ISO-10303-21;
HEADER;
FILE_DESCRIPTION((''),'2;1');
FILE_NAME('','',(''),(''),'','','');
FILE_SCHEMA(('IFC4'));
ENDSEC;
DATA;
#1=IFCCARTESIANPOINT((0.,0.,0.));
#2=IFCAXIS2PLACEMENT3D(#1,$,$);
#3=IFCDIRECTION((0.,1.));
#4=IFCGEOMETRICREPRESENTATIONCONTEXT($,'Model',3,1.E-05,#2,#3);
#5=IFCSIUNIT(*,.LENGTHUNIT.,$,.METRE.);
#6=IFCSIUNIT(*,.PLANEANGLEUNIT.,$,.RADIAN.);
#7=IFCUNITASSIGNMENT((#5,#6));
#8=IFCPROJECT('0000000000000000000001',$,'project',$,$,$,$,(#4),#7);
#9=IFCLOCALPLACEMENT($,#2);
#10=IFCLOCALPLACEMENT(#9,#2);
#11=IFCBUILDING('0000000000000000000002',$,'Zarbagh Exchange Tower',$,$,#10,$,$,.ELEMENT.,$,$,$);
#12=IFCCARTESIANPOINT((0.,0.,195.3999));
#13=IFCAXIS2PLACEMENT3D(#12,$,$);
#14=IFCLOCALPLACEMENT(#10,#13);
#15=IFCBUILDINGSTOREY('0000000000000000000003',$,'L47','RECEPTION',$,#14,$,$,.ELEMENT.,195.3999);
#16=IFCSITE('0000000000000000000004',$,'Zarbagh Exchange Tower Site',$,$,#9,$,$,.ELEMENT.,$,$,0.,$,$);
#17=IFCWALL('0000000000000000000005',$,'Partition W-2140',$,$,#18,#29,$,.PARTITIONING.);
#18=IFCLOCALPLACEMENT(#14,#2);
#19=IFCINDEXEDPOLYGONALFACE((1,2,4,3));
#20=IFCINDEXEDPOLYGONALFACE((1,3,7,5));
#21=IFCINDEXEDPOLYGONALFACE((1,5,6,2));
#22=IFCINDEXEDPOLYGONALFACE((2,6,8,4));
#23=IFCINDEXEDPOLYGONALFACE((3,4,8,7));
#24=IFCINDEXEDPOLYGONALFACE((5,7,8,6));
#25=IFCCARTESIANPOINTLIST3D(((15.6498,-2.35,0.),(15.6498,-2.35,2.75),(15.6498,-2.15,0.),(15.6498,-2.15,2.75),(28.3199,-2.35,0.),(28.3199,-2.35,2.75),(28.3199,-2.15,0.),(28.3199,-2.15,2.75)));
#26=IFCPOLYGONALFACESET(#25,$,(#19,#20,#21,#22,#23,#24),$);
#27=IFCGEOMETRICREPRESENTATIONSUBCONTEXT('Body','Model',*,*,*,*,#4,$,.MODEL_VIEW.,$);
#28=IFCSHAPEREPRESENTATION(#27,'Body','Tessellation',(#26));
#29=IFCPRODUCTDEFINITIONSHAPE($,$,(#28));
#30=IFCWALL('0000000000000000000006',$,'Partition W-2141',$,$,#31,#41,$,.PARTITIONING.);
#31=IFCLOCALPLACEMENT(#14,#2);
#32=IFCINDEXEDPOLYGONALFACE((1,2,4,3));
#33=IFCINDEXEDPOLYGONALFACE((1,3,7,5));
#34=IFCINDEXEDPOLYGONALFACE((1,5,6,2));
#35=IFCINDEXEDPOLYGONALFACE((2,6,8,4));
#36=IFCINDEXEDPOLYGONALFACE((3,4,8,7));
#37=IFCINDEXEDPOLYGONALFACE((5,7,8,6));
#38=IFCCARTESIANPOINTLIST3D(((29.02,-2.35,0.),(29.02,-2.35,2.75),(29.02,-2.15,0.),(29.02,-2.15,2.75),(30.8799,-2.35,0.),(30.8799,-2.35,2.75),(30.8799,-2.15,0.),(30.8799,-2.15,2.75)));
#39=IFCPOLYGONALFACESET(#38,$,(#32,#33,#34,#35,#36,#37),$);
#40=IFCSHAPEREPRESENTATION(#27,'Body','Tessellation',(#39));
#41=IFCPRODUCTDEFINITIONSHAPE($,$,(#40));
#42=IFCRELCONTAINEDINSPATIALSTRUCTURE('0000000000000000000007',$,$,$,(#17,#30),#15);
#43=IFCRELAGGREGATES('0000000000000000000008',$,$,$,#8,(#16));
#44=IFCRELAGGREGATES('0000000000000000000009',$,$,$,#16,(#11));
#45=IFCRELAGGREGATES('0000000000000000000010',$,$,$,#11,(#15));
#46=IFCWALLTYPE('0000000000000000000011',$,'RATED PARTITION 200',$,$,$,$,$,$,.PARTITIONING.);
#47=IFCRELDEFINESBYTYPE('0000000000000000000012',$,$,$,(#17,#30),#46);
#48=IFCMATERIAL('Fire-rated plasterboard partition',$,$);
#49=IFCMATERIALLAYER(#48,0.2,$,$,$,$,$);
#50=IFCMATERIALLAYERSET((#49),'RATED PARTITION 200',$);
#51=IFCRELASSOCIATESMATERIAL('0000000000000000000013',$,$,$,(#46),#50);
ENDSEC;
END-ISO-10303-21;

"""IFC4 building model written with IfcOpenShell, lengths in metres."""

from ifc_helpers import new_model, si_unit, direction, frame, frame_2d, origin, place, context, subcontext, project, spatial, rectangle, extrude, material, layer, layer_set, type_object, element, save


model = new_model("IFC4")

# Units and contexts
model_context = context("Model", 3, precision=1e-05, world=origin(), true_north=direction((0.0, 1.0)))
body_context = subcontext(model_context, "Body", "Model", "MODEL_VIEW")
ifc_project = project(units=[si_unit("LENGTHUNIT", "METRE"), si_unit("PLANEANGLEUNIT", "RADIAN")], contexts=[model_context])

# Site, building, storey
site_placement = place(None, origin())
site = spatial("IfcSite", under=ifc_project, at=site_placement, Name="Zarbagh Exchange Tower Site", CompositionType="ELEMENT", RefElevation=0.0)
building_placement = place(site_placement, origin())
building = spatial("IfcBuilding", under=site, at=building_placement, Name="Zarbagh Exchange Tower", CompositionType="ELEMENT")
storey_placement = place(building_placement, frame((0.0, 0.0, 195.3999)))
storey = spatial("IfcBuildingStorey", under=building, at=storey_placement, Name="L47", Description="RECEPTION", CompositionType="ELEMENT", Elevation=195.3999)

# Shared definitions
ifc_material_1 = material(Name="Fire-rated plasterboard partition")
ifc_layer = layer(ifc_material_1, 0.2)
ifc_layer_set = layer_set([ifc_layer], Name="RATED PARTITION 200")
wall_type = type_object("IfcWallType", Name="RATED PARTITION 200", PredefinedType="PARTITIONING", material=ifc_layer_set)

# Walls
wall_1_placement = place(storey_placement, frame((15.6499, -2.25, 0.0), z_axis=(0.0, 0.0, 1.0), x_axis=(1.0, 0.0, 0.0)))
element("IfcWall", 1, at=wall_1_placement, inside=storey, type_object=wall_type, Name="Partition W-2140", PredefinedType="PARTITIONING", context=body_context, shape_type="SweptSolid", body=[
    extrude(rectangle(XDim=12.6702, YDim=0.2, at=frame_2d((6.335, 0.0))), origin(), (0.0, 0.0, 1.0), 2.75),
])
wall_2_placement = place(storey_placement, frame((29.02, -2.25, 0.0), z_axis=(0.0, 0.0, 1.0), x_axis=(1.0, 0.0, 0.0)))
element("IfcWall", 2, at=wall_2_placement, inside=storey, type_object=wall_type, Name="Partition W-2141", PredefinedType="PARTITIONING", context=body_context, shape_type="SweptSolid", body=[
    extrude(rectangle(XDim=1.8599, YDim=0.2, at=frame_2d((0.9299, 0.0))), origin(), (0.0, 0.0, 1.0), 2.75),
])

save(model, "model.ifc")
